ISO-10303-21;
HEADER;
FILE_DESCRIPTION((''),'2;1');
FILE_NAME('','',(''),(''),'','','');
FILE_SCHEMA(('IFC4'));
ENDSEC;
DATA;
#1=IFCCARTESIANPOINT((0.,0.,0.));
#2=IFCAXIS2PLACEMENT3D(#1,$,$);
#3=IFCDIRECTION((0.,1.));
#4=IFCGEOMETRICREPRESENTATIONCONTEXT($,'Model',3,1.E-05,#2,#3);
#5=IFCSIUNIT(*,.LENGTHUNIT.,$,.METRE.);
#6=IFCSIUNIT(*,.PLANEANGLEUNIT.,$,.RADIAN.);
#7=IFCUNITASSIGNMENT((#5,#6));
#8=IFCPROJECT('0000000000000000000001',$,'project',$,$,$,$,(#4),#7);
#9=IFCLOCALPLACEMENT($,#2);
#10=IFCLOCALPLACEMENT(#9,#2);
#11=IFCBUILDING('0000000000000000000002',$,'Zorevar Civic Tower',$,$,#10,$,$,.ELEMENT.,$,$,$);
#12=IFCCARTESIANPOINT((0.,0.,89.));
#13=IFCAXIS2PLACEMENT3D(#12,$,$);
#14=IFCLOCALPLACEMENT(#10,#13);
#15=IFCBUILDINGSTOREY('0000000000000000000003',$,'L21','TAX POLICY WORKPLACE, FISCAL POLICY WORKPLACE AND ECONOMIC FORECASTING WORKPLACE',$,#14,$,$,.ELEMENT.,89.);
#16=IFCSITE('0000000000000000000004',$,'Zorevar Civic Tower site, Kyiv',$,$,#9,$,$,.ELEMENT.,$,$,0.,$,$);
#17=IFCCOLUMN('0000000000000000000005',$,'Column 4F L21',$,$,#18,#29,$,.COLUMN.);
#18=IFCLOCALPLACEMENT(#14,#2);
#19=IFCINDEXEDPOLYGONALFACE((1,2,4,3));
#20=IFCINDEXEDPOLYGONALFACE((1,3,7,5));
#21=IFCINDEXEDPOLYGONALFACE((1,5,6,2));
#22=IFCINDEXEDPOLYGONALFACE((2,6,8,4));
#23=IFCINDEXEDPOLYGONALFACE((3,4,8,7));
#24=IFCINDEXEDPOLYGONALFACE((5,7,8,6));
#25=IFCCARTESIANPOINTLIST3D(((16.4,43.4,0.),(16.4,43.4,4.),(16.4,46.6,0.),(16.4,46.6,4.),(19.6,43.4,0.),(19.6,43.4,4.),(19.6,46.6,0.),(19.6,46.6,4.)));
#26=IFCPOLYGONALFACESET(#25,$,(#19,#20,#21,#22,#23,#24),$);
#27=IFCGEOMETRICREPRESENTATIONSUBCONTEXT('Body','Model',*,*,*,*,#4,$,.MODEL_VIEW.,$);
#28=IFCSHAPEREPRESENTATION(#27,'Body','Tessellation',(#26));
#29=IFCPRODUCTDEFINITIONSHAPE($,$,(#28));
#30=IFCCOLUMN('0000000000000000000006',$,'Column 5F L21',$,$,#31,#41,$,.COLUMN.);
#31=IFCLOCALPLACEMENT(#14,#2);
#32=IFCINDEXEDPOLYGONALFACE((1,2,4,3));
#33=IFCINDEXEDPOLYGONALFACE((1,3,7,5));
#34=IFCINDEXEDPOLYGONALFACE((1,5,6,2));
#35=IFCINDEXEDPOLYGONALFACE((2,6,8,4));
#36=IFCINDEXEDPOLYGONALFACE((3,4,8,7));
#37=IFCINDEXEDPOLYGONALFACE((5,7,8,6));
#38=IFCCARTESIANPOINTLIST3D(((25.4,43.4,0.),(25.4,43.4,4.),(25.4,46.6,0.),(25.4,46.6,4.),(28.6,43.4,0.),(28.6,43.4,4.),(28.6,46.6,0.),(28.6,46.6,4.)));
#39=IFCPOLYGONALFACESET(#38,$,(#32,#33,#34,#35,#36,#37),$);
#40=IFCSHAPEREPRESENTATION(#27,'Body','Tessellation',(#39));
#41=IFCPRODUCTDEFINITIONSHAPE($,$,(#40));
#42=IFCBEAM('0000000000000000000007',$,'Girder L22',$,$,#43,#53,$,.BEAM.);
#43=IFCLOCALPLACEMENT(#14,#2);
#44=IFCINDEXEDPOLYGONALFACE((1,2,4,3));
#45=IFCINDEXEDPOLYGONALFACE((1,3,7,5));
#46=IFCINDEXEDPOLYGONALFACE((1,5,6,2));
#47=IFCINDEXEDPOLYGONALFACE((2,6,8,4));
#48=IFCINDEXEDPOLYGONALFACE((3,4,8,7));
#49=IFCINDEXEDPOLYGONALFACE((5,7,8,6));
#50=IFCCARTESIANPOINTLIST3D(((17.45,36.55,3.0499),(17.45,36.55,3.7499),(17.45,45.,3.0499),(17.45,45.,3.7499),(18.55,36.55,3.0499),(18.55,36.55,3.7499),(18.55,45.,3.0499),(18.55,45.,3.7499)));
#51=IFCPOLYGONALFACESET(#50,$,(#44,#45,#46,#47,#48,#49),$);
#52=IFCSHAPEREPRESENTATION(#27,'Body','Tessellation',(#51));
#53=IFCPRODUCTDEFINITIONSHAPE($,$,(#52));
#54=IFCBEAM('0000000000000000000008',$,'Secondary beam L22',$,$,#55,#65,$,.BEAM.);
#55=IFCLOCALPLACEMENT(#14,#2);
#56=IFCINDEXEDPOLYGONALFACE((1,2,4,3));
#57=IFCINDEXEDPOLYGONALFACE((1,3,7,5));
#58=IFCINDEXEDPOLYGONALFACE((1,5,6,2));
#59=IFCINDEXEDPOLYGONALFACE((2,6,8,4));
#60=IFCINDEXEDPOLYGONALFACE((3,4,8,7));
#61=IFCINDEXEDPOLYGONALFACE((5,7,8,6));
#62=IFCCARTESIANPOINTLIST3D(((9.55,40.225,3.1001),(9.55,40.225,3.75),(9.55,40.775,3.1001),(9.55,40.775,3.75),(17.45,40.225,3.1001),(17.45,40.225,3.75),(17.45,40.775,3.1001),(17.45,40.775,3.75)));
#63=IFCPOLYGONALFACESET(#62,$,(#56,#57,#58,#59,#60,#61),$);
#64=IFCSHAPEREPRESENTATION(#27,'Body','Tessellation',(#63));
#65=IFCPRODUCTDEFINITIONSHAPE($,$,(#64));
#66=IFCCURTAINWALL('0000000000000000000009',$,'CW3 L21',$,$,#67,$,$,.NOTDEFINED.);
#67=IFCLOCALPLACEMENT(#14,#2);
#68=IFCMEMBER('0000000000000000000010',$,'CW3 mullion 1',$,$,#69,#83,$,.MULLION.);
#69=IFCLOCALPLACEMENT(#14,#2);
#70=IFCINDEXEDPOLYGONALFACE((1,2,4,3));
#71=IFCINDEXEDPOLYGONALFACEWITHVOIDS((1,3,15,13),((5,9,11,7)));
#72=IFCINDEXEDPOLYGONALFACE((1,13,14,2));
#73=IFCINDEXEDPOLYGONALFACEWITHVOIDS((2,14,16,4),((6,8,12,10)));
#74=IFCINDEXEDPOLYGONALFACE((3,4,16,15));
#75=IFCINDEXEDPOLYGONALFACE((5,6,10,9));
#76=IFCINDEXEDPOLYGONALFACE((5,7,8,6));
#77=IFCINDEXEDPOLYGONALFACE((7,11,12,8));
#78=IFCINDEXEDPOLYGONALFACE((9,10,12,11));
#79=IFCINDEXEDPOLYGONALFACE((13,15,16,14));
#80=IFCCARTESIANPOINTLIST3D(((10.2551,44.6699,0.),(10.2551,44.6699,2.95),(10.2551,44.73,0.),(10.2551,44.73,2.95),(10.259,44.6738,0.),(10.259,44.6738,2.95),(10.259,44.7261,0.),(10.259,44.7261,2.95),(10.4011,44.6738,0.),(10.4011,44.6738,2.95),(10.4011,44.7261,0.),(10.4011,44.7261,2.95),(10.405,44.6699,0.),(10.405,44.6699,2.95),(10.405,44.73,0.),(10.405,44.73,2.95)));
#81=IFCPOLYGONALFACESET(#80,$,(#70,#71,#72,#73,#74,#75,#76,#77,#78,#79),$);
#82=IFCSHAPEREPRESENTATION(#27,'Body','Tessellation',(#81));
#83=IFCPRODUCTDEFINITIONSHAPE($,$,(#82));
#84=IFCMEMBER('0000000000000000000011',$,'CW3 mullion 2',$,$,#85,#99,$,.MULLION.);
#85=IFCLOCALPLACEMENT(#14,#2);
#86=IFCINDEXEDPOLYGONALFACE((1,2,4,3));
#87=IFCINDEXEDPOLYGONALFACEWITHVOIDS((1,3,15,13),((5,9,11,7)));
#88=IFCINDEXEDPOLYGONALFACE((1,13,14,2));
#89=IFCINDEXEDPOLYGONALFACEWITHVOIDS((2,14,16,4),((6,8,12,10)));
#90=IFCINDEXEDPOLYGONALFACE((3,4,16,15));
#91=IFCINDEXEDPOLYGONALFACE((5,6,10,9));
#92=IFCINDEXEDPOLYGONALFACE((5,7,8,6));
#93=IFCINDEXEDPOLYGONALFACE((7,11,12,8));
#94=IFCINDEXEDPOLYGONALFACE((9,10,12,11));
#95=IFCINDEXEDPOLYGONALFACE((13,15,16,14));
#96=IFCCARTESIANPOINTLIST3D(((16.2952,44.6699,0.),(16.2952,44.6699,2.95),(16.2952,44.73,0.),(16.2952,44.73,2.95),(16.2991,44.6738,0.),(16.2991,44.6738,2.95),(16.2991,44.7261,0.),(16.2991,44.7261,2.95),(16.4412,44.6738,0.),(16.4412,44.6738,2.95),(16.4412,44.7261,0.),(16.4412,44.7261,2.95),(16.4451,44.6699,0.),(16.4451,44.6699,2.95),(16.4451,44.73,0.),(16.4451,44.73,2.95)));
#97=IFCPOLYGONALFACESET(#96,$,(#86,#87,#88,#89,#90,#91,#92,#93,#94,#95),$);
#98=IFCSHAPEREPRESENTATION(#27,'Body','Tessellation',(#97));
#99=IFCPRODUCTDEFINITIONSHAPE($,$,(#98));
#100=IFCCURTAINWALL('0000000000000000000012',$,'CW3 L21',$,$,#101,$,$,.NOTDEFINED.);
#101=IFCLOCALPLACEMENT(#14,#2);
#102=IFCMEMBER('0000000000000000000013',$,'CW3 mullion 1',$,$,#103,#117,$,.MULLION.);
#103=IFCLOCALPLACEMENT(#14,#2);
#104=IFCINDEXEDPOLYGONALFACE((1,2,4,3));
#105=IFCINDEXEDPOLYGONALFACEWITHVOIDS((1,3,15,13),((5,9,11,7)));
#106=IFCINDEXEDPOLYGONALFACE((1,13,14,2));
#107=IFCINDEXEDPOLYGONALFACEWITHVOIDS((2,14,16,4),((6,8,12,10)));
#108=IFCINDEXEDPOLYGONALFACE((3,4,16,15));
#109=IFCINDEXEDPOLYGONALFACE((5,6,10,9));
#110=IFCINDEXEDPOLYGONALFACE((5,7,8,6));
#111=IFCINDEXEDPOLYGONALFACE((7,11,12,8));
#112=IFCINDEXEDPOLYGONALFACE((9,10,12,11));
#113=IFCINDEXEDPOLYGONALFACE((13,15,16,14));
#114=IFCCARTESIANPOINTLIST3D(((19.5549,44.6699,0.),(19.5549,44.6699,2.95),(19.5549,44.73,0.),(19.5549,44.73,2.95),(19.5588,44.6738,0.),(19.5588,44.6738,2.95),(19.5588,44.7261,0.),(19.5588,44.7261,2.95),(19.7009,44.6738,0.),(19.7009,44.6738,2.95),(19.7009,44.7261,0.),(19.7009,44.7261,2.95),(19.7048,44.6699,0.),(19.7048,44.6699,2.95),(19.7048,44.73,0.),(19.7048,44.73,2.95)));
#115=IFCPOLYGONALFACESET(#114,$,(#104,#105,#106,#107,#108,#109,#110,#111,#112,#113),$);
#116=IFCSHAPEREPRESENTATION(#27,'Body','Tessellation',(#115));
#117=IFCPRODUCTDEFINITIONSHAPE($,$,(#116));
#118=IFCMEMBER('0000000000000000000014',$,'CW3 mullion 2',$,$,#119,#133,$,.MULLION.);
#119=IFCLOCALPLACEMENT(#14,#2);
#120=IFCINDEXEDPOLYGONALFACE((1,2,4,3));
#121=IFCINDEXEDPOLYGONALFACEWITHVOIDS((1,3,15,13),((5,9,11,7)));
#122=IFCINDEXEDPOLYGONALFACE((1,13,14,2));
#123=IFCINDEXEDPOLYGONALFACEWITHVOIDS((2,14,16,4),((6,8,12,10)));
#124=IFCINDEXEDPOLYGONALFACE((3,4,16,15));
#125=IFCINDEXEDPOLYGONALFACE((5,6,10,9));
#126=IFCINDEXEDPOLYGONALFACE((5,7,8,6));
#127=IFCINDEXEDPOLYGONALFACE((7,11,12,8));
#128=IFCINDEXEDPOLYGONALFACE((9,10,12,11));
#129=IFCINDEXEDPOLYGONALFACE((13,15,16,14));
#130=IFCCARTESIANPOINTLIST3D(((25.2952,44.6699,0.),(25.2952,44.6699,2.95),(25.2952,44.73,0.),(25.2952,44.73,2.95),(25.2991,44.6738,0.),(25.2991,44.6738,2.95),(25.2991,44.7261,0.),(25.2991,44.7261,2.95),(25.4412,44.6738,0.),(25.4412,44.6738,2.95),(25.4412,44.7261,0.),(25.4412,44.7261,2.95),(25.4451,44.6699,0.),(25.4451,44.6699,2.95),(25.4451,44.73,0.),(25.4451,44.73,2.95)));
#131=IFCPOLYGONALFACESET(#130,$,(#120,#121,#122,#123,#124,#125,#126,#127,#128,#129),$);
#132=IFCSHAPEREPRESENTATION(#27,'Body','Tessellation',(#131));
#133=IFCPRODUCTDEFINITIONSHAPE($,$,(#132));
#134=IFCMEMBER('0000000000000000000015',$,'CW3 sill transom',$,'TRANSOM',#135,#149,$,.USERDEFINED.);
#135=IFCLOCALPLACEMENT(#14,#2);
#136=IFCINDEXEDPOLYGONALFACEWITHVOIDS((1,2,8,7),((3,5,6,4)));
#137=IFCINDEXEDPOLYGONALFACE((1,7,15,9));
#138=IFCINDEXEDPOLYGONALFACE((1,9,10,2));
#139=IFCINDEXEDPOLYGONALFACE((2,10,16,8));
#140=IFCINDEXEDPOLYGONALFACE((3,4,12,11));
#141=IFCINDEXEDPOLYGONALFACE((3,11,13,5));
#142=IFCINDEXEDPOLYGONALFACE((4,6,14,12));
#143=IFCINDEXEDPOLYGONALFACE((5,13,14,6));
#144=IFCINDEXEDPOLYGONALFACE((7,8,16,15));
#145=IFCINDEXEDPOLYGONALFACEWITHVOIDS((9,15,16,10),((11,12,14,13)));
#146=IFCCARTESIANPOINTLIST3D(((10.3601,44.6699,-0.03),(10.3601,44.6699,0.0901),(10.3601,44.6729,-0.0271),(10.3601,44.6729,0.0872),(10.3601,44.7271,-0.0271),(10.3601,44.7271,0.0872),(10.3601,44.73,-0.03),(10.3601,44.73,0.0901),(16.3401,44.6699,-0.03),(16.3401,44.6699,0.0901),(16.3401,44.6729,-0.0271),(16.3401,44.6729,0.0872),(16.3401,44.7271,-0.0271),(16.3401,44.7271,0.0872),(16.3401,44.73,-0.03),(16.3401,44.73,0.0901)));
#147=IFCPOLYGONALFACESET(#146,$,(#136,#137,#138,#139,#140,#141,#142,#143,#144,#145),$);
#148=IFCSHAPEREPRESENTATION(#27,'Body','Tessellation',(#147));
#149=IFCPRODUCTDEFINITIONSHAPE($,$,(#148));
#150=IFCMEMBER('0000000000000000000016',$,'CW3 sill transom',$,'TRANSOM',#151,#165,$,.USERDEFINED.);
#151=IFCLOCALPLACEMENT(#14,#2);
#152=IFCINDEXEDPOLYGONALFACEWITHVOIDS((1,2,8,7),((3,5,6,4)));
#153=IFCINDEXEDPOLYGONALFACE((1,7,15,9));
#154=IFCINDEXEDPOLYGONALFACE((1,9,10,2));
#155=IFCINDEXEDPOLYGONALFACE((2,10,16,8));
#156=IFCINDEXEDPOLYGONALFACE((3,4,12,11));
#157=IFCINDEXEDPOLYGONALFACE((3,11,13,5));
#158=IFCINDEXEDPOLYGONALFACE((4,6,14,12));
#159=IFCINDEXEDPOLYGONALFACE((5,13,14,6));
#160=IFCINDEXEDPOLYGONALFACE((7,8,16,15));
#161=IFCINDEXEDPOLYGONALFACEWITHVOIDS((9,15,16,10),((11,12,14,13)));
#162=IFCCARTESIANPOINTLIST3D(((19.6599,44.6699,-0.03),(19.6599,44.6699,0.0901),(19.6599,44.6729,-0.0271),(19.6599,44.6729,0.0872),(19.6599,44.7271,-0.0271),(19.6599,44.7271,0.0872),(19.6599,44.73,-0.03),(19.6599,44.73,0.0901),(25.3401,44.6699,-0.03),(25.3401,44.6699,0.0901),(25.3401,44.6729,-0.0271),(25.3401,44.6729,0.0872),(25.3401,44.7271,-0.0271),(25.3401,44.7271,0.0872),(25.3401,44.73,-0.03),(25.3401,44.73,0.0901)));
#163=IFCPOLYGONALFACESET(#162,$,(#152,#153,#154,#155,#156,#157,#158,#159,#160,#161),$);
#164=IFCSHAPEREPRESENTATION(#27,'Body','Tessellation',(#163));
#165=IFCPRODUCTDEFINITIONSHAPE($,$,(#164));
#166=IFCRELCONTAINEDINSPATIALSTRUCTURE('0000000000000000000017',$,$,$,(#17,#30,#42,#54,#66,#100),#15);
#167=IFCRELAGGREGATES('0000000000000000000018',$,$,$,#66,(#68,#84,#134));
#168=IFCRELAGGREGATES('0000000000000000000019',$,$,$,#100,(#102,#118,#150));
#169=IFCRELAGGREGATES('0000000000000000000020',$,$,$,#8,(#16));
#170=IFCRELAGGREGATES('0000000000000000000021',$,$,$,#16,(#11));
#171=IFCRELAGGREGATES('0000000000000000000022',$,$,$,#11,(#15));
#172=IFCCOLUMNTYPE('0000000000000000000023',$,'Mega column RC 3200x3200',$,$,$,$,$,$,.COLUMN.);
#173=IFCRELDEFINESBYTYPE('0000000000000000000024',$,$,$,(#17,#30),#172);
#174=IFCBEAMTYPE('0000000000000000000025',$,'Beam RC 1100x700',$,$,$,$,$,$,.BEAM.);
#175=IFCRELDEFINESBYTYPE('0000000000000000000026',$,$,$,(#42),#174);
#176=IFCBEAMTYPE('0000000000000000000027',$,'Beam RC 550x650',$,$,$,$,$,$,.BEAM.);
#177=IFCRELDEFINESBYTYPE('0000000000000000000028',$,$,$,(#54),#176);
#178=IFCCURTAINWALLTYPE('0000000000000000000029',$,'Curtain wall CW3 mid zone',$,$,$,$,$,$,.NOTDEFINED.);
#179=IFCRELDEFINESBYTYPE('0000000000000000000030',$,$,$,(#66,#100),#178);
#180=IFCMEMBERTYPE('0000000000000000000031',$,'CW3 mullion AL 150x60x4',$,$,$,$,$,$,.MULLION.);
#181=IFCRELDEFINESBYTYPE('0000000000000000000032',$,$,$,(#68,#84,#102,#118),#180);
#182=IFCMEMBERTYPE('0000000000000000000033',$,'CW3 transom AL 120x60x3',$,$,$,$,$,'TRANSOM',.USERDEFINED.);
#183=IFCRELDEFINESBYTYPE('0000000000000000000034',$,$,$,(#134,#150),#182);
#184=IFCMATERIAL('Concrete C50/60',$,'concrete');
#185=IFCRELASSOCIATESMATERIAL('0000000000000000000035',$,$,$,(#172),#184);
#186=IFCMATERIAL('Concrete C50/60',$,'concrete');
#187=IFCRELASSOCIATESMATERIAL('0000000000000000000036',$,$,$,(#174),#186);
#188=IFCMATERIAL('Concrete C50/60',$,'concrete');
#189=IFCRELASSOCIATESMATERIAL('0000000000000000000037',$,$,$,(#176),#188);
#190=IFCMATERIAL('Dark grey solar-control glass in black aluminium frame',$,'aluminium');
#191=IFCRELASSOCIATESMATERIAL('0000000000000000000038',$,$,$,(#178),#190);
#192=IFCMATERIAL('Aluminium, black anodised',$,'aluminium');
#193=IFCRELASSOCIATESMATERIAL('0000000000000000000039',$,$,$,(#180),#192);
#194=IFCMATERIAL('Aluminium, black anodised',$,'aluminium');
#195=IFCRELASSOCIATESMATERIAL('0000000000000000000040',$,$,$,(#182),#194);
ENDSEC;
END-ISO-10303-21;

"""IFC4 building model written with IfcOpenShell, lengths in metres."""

from ifc_helpers import new_model, si_unit, direction, frame, origin, origin_2d, place, context, subcontext, project, spatial, rectangle, hollow_rectangle, extrude, material, material_profile, profile_set, type_object, element, aggregate, save


model = new_model("IFC4")

# Units and contexts
model_context = context("Model", 3, precision=1e-05, world=origin(), true_north=direction((0.0, 1.0)))
body_context = subcontext(model_context, "Body", "Model", "MODEL_VIEW")
ifc_project = project(units=[si_unit("LENGTHUNIT", "METRE"), si_unit("PLANEANGLEUNIT", "RADIAN")], contexts=[model_context])

# Site, building, storey
site_placement = place(None, origin())
site = spatial("IfcSite", under=ifc_project, at=site_placement, Name="Zorevar Civic Tower site, Kyiv", CompositionType="ELEMENT", RefElevation=0.0)
building_placement = place(site_placement, origin())
building = spatial("IfcBuilding", under=site, at=building_placement, Name="Zorevar Civic Tower", CompositionType="ELEMENT")
storey_placement = place(building_placement, frame((0.0, 0.0, 89.0)))
storey = spatial("IfcBuildingStorey", under=building, at=storey_placement, Name="L21", Description="TAX POLICY WORKPLACE, FISCAL POLICY WORKPLACE AND ECONOMIC FORECASTING WORKPLACE", CompositionType="ELEMENT", Elevation=89.0)

# Columns
ifc_material_1 = material(Name="Concrete C50/60", Category="concrete")
ifc_material_profile_1 = material_profile(ifc_material_1, rectangle(XDim=3.2, YDim=3.2, at=origin_2d()), Name="RC 3200x3200")
ifc_profile_set_1 = profile_set([ifc_material_profile_1], Name="Concrete C50/60")
column_type = type_object("IfcColumnType", Name="Mega column RC 3200x3200", PredefinedType="COLUMN", material=ifc_profile_set_1)
for number, where, z_axis, x_axis, name in (
    (1, (18.0, 45.0, 0.0), (0.0, 0.0, 1.0), (1.0, 0.0, 0.0), "Column 4F L21"),
    (2, (27.0, 45.0, 0.0), (0.0, 0.0, 1.0), (1.0, 0.0, 0.0), "Column 5F L21"),
):
    element("IfcColumn", number, at=place(storey_placement, frame(where, z_axis=z_axis, x_axis=x_axis)), inside=storey, type_object=column_type, Name=name, PredefinedType="COLUMN", context=body_context, shape_type="SweptSolid", body=[
        extrude(rectangle(XDim=3.2, YDim=3.2, at=origin_2d()), origin(), (0.0, 0.0, 1.0), 4.0),
    ])

# Beams
ifc_material_2 = material(Name="Concrete C50/60", Category="concrete")
ifc_material_profile_2 = material_profile(ifc_material_2, rectangle(XDim=1.1001, YDim=0.7, at=origin_2d()), Name="RC 1100x700")
ifc_profile_set_2 = profile_set([ifc_material_profile_2], Name="Concrete C50/60")
beam_type_1 = type_object("IfcBeamType", Name="Beam RC 1100x700", PredefinedType="BEAM", material=ifc_profile_set_2)
beam_1_placement = place(storey_placement, frame((18.0, 36.55, 3.3999), z_axis=(0.0, 1.0, 0.0), x_axis=(-1.0, 0.0, 0.0)))
element("IfcBeam", 3, at=beam_1_placement, inside=storey, type_object=beam_type_1, Name="Girder L22", PredefinedType="BEAM", context=body_context, shape_type="SweptSolid", body=[
    extrude(rectangle(XDim=1.1001, YDim=0.7, at=origin_2d()), origin(), (0.0, 0.0, 1.0), 8.45),
])
ifc_material_3 = material(Name="Concrete C50/60", Category="concrete")
ifc_material_profile_3 = material_profile(ifc_material_3, rectangle(XDim=0.55, YDim=0.6499, at=origin_2d()), Name="RC 550x650")
ifc_profile_set_3 = profile_set([ifc_material_profile_3], Name="Concrete C50/60")
beam_type_2 = type_object("IfcBeamType", Name="Beam RC 550x650", PredefinedType="BEAM", material=ifc_profile_set_3)
beam_2_placement = place(storey_placement, frame((9.55, 40.5, 3.425), z_axis=(1.0, 0.0, 0.0), x_axis=(0.0, 1.0, 0.0)))
element("IfcBeam", 4, at=beam_2_placement, inside=storey, type_object=beam_type_2, Name="Secondary beam L22", PredefinedType="BEAM", context=body_context, shape_type="SweptSolid", body=[
    extrude(rectangle(XDim=0.55, YDim=0.6499, at=origin_2d()), origin(), (0.0, 0.0, 1.0), 7.8999),
])

# Curtain walls, members
ifc_material_4 = material(Name="Dark grey solar-control glass in black aluminium frame", Category="aluminium")
curtain_wall_type = type_object("IfcCurtainWallType", Name="Curtain wall CW3 mid zone", PredefinedType="NOTDEFINED", material=ifc_material_4)
curtain_wall_1_placement = place(storey_placement, origin())
curtain_wall_1 = element("IfcCurtainWall", 5, at=curtain_wall_1_placement, inside=storey, type_object=curtain_wall_type, Name="CW3 L21", PredefinedType="NOTDEFINED")
ifc_material_5 = material(Name="Aluminium, black anodised", Category="aluminium")
ifc_material_profile_4 = material_profile(ifc_material_5, hollow_rectangle(XDim=0.0601, YDim=0.1499, WallThickness=0.0039, at=origin_2d()), Name="AL 150x60x4")
ifc_profile_set_4 = profile_set([ifc_material_profile_4], Name="Aluminium, black anodised")
member_type_1 = type_object("IfcMemberType", Name="CW3 mullion AL 150x60x4", PredefinedType="MULLION", material=ifc_profile_set_4)
member_1_placement = place(storey_placement, frame((10.3301, 44.7, 0.0), z_axis=(0.0, 0.0, 1.0), x_axis=(0.0, 1.0, 0.0)))
member_1 = element("IfcMember", 6, at=member_1_placement, type_object=member_type_1, Name="CW3 mullion 1", PredefinedType="MULLION", context=body_context, shape_type="SweptSolid", body=[
    extrude(hollow_rectangle(XDim=0.0601, YDim=0.1499, WallThickness=0.0039, at=origin_2d()), origin(), (0.0, 0.0, 1.0), 2.95),
])
member_2_placement = place(storey_placement, frame((16.3701, 44.7, 0.0), z_axis=(0.0, 0.0, 1.0), x_axis=(0.0, 1.0, 0.0)))
member_2 = element("IfcMember", 7, at=member_2_placement, type_object=member_type_1, Name="CW3 mullion 2", PredefinedType="MULLION", context=body_context, shape_type="SweptSolid", body=[
    extrude(hollow_rectangle(XDim=0.0601, YDim=0.1499, WallThickness=0.0039, at=origin_2d()), origin(), (0.0, 0.0, 1.0), 2.95),
])
curtain_wall_2_placement = place(storey_placement, origin())
curtain_wall_2 = element("IfcCurtainWall", 8, at=curtain_wall_2_placement, inside=storey, type_object=curtain_wall_type, Name="CW3 L21", PredefinedType="NOTDEFINED")
member_3_placement = place(storey_placement, frame((19.6299, 44.7, 0.0), z_axis=(0.0, 0.0, 1.0), x_axis=(0.0, 1.0, 0.0)))
member_3 = element("IfcMember", 9, at=member_3_placement, type_object=member_type_1, Name="CW3 mullion 1", PredefinedType="MULLION", context=body_context, shape_type="SweptSolid", body=[
    extrude(hollow_rectangle(XDim=0.0601, YDim=0.1499, WallThickness=0.0039, at=origin_2d()), origin(), (0.0, 0.0, 1.0), 2.95),
])
member_4_placement = place(storey_placement, frame((25.3701, 44.7, 0.0), z_axis=(0.0, 0.0, 1.0), x_axis=(0.0, 1.0, 0.0)))
member_4 = element("IfcMember", 10, at=member_4_placement, type_object=member_type_1, Name="CW3 mullion 2", PredefinedType="MULLION", context=body_context, shape_type="SweptSolid", body=[
    extrude(hollow_rectangle(XDim=0.0601, YDim=0.1499, WallThickness=0.0039, at=origin_2d()), origin(), (0.0, 0.0, 1.0), 2.95),
])

# Members
ifc_material_6 = material(Name="Aluminium, black anodised", Category="aluminium")
ifc_material_profile_5 = material_profile(ifc_material_6, hollow_rectangle(XDim=0.0601, YDim=0.1201, WallThickness=0.0029, at=origin_2d()), Name="AL 120x60x3")
ifc_profile_set_5 = profile_set([ifc_material_profile_5], Name="Aluminium, black anodised")
member_type_2 = type_object("IfcMemberType", Name="CW3 transom AL 120x60x3", ElementType="TRANSOM", PredefinedType="USERDEFINED", material=ifc_profile_set_5)
member_5_placement = place(storey_placement, frame((10.3601, 44.7, 0.03), z_axis=(1.0, 0.0, 0.0), x_axis=(0.0, 1.0, 0.0)))
member_5 = element("IfcMember", 11, at=member_5_placement, type_object=member_type_2, Name="CW3 sill transom", ObjectType="TRANSOM", PredefinedType="USERDEFINED", context=body_context, shape_type="SweptSolid", body=[
    extrude(hollow_rectangle(XDim=0.0601, YDim=0.1201, WallThickness=0.0029, at=origin_2d()), origin(), (0.0, 0.0, 1.0), 5.98),
])
member_6_placement = place(storey_placement, frame((19.6599, 44.7, 0.03), z_axis=(1.0, 0.0, 0.0), x_axis=(0.0, 1.0, 0.0)))
member_6 = element("IfcMember", 12, at=member_6_placement, type_object=member_type_2, Name="CW3 sill transom", ObjectType="TRANSOM", PredefinedType="USERDEFINED", context=body_context, shape_type="SweptSolid", body=[
    extrude(hollow_rectangle(XDim=0.0601, YDim=0.1201, WallThickness=0.0029, at=origin_2d()), origin(), (0.0, 0.0, 1.0), 5.6802),
])

aggregate(curtain_wall_1, [member_1, member_2, member_5])
aggregate(curtain_wall_2, [member_3, member_4, member_6])

save(model, "model.ifc")
